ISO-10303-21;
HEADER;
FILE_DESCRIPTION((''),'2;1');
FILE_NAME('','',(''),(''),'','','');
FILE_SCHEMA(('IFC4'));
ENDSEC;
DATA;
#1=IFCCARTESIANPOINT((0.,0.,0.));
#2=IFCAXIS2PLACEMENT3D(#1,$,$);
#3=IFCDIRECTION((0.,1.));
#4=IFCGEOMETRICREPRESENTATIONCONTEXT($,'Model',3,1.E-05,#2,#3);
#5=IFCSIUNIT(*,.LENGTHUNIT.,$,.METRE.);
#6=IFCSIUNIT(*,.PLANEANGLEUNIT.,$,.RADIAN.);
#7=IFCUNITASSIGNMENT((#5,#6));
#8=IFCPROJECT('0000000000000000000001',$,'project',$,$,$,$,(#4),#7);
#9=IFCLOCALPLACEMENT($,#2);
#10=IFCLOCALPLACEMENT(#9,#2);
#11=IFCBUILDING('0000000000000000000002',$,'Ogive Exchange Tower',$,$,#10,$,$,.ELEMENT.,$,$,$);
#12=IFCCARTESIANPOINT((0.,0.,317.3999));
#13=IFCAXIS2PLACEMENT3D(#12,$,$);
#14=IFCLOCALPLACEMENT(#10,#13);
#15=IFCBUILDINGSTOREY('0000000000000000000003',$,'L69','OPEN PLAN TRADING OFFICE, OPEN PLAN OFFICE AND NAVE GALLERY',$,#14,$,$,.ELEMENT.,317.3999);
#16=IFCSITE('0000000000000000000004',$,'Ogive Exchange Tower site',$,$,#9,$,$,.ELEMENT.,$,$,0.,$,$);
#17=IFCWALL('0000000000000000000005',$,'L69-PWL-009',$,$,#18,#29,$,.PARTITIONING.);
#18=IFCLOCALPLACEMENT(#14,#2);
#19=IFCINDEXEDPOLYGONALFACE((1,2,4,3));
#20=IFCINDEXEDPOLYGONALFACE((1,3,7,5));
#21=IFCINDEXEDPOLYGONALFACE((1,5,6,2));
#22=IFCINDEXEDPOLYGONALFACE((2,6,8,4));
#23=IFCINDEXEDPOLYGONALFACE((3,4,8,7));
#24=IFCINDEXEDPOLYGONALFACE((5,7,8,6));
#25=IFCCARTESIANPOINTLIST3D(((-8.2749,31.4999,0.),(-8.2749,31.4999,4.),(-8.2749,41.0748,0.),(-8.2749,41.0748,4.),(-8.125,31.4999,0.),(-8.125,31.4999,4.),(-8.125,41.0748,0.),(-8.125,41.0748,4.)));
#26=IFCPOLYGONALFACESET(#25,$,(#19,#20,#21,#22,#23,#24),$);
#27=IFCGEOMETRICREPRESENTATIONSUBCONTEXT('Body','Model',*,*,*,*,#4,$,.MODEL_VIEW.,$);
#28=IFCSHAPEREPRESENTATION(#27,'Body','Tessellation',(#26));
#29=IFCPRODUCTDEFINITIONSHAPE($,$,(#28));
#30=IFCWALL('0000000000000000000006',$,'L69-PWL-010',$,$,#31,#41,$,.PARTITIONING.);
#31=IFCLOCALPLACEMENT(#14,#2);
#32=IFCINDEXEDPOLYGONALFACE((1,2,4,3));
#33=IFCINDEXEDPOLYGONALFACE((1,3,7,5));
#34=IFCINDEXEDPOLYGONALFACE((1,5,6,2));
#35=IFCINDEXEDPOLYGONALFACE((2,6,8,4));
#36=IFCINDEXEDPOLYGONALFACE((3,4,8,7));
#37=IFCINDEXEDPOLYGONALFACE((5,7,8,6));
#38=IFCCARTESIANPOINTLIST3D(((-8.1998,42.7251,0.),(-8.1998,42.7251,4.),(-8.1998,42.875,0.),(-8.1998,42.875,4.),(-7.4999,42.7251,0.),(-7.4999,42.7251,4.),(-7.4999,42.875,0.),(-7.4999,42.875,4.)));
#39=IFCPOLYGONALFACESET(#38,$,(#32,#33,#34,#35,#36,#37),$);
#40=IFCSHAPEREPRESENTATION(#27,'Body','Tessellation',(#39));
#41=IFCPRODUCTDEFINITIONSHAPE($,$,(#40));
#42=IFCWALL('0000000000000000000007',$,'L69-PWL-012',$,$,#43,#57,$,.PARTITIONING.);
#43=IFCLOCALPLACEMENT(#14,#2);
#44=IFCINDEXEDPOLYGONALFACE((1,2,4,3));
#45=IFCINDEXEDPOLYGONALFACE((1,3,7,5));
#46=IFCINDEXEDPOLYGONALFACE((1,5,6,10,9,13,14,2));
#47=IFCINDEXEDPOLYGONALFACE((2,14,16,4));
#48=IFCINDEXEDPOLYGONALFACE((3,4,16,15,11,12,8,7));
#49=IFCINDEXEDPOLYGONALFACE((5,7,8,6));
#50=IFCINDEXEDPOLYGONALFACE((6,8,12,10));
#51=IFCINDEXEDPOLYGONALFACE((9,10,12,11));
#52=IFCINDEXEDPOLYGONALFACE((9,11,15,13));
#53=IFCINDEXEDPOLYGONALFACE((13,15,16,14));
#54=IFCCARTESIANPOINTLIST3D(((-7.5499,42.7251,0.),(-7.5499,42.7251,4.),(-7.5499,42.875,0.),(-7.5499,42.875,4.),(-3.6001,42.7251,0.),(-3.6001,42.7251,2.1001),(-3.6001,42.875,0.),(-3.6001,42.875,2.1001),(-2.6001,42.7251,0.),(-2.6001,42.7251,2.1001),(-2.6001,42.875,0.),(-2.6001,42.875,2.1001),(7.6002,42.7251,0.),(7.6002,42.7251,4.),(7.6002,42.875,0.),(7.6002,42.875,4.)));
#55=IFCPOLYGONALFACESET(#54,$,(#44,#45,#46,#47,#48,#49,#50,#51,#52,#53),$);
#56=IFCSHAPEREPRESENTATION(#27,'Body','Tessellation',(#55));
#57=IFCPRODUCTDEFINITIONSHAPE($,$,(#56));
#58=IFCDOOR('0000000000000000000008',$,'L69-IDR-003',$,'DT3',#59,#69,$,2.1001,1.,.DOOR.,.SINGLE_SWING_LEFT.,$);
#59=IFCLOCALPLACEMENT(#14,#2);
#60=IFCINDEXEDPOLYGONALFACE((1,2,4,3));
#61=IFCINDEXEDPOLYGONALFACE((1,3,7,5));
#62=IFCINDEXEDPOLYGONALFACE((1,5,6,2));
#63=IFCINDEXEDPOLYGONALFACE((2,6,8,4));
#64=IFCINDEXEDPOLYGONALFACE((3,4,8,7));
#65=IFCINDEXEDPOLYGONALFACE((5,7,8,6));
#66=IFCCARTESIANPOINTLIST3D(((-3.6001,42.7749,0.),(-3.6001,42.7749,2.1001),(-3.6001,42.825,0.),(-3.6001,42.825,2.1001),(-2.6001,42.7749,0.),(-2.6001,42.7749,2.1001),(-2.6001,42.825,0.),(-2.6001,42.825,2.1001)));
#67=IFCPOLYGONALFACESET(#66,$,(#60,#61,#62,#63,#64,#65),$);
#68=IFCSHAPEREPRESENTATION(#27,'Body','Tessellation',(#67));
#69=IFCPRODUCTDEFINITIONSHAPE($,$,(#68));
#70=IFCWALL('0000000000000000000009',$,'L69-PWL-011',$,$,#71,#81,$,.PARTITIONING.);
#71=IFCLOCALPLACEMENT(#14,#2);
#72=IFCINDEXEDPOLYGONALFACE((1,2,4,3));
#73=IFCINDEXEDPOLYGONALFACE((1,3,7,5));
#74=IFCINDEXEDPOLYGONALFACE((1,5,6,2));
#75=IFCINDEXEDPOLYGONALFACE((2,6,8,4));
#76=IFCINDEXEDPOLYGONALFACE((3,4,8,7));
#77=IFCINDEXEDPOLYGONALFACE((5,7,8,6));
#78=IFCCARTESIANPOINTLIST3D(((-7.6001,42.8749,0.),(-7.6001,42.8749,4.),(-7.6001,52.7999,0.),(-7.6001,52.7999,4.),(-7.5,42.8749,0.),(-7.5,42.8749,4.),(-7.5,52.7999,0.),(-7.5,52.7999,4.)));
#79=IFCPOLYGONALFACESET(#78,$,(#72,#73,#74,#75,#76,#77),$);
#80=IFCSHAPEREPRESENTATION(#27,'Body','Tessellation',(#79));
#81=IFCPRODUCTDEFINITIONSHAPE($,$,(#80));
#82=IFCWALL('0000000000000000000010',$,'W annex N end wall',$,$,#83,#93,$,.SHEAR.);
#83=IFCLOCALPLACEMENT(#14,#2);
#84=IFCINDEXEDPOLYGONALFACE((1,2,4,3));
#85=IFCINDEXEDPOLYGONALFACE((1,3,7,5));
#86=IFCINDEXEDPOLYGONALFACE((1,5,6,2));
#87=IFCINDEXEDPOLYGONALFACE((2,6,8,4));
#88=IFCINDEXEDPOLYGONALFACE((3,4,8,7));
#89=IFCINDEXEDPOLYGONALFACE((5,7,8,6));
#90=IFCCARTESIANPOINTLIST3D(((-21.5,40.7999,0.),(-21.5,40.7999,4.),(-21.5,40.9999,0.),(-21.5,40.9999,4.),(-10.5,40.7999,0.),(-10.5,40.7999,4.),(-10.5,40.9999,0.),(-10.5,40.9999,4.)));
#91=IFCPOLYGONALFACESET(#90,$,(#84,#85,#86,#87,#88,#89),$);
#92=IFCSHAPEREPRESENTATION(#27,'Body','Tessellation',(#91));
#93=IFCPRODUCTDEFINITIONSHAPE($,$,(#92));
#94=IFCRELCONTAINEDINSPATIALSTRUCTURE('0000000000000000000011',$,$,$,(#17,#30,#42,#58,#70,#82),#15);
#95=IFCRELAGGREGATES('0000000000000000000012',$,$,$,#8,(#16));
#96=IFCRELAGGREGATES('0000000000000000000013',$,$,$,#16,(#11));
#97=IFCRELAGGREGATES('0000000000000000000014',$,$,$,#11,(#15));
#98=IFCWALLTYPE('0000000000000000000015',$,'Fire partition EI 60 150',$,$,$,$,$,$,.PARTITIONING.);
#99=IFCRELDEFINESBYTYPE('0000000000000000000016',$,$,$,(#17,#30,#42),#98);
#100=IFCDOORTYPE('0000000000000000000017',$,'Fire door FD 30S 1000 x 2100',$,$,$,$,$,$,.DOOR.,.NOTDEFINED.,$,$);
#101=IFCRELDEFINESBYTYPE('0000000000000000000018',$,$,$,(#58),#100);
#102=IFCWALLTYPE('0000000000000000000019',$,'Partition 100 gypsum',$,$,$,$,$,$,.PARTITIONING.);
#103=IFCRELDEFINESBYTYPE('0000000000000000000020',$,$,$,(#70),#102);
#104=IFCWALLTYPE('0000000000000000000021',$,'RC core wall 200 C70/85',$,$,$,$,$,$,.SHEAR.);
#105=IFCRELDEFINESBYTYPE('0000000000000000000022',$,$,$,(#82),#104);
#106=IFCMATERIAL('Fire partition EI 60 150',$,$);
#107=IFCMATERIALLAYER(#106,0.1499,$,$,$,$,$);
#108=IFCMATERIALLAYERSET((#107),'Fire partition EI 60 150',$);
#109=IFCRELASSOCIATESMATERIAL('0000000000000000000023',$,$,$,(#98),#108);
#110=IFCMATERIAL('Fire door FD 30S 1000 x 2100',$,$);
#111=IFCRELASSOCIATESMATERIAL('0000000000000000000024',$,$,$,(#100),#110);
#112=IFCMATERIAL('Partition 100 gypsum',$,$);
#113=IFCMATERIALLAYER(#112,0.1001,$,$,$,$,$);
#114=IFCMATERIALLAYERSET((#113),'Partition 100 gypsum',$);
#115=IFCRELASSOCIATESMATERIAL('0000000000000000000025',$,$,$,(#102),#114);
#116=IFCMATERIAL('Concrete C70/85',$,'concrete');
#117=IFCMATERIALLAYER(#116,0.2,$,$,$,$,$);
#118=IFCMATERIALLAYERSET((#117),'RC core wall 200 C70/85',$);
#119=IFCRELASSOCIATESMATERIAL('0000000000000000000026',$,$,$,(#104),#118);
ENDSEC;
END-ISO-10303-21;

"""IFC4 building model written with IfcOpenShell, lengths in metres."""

from ifc_helpers import new_model, si_unit, direction, frame, frame_2d, origin, place, context, subcontext, project, spatial, rectangle, extrude, material, layer, layer_set, type_object, element, fill, save


model = new_model("IFC4")

# Units and contexts
model_context = context("Model", 3, precision=1e-05, world=origin(), true_north=direction((0.0, 1.0)))
body_context = subcontext(model_context, "Body", "Model", "MODEL_VIEW")
ifc_project = project(units=[si_unit("LENGTHUNIT", "METRE"), si_unit("PLANEANGLEUNIT", "RADIAN")], contexts=[model_context])

# Site, building, storey
site_placement = place(None, origin())
site = spatial("IfcSite", under=ifc_project, at=site_placement, Name="Ogive Exchange Tower site", CompositionType="ELEMENT", RefElevation=0.0)
building_placement = place(site_placement, origin())
building = spatial("IfcBuilding", under=site, at=building_placement, Name="Ogive Exchange Tower", CompositionType="ELEMENT")
storey_placement = place(building_placement, frame((0.0, 0.0, 317.3999)))
storey = spatial("IfcBuildingStorey", under=building, at=storey_placement, Name="L69", Description="OPEN PLAN TRADING OFFICE, OPEN PLAN OFFICE AND NAVE GALLERY", CompositionType="ELEMENT", Elevation=317.3999)

# Shared definitions
ifc_material_1 = material(Name="Fire partition EI 60 150")
ifc_layer_1 = layer(ifc_material_1, 0.1499)
ifc_layer_set_1 = layer_set([ifc_layer_1], Name="Fire partition EI 60 150")
wall_type_1 = type_object("IfcWallType", Name="Fire partition EI 60 150", PredefinedType="PARTITIONING", material=ifc_layer_set_1)
ifc_material_2 = material(Name="Fire door FD 30S 1000 x 2100")
door_type = type_object("IfcDoorType", Name="Fire door FD 30S 1000 x 2100", OperationType="NOTDEFINED", PredefinedType="DOOR", material=ifc_material_2)

# Walls
wall_1_placement = place(storey_placement, frame((-8.2, 41.075, 0.0), z_axis=(0.0, 0.0, 1.0), x_axis=(0.0, -1.0, 0.0)))
element("IfcWall", 1, at=wall_1_placement, inside=storey, type_object=wall_type_1, Name="L69-PWL-009", PredefinedType="PARTITIONING", context=body_context, shape_type="SweptSolid", body=[
    extrude(rectangle(XDim=9.575, YDim=0.1499, at=frame_2d((4.7876, 0.0))), origin(), (0.0, 0.0, 1.0), 4.0),
])
wall_2_placement = place(storey_placement, frame((-8.2, 42.8, 0.0), z_axis=(0.0, 0.0, 1.0), x_axis=(1.0, 0.0, 0.0)))
element("IfcWall", 2, at=wall_2_placement, inside=storey, type_object=wall_type_1, Name="L69-PWL-010", PredefinedType="PARTITIONING", context=body_context, shape_type="SweptSolid", body=[
    extrude(rectangle(XDim=0.7, YDim=0.1499, at=frame_2d((0.3501, 0.0))), origin(), (0.0, 0.0, 1.0), 4.0),
])

# Wall, opening, door
wall_3_placement = place(storey_placement, frame((-7.55, 42.8, 0.0), z_axis=(0.0, 0.0, 1.0), x_axis=(1.0, 0.0, 0.0)))
wall_3 = element("IfcWall", 3, at=wall_3_placement, inside=storey, type_object=wall_type_1, Name="L69-PWL-012", PredefinedType="PARTITIONING", context=body_context, shape_type="SweptSolid", body=[
    extrude(rectangle(XDim=15.1501, YDim=0.1499, at=frame_2d((7.5752, 0.0))), origin(), (0.0, 0.0, 1.0), 4.0),
])
opening_1_placement = place(wall_3_placement, frame((3.95, 0.0, 0.0)))
opening_1 = element("IfcOpeningElement", 4, at=opening_1_placement, cuts=wall_3, PredefinedType="OPENING", context=body_context, shape_type="SweptSolid", body=[
    extrude(rectangle(XDim=1.0, YDim=2.1001, at=frame_2d((0.5, 1.05))), frame((0.0, 0.085, 0.0), z_axis=(0.0, -1.0, 0.0), x_axis=(1.0, 0.0, 0.0)), (0.0, 0.0, 1.0), 0.1699),
])
door_1_placement = place(opening_1_placement, origin())
door_1 = element("IfcDoor", 5, at=door_1_placement, inside=storey, type_object=door_type, Name="L69-IDR-003", ObjectType="DT3", OperationType="SINGLE_SWING_LEFT", OverallHeight=2.1001, OverallWidth=1.0, PredefinedType="DOOR", context=body_context, shape_type="SweptSolid", body=[
    extrude(rectangle(XDim=1.0, YDim=2.1001, at=frame_2d((0.5, 1.05))), frame((0.0, 0.0249, 0.0), z_axis=(0.0, -1.0, 0.0), x_axis=(1.0, 0.0, 0.0)), (0.0, 0.0, 1.0), 0.05),
])
fill(opening_1, door_1)

# Walls
ifc_material_3 = material(Name="Partition 100 gypsum")
ifc_layer_2 = layer(ifc_material_3, 0.1001)
ifc_layer_set_2 = layer_set([ifc_layer_2], Name="Partition 100 gypsum")
wall_type_2 = type_object("IfcWallType", Name="Partition 100 gypsum", PredefinedType="PARTITIONING", material=ifc_layer_set_2)
wall_4_placement = place(storey_placement, frame((-7.55, 42.875, 0.0), z_axis=(0.0, 0.0, 1.0), x_axis=(0.0, 1.0, 0.0)))
element("IfcWall", 6, at=wall_4_placement, inside=storey, type_object=wall_type_2, Name="L69-PWL-011", PredefinedType="PARTITIONING", context=body_context, shape_type="SweptSolid", body=[
    extrude(rectangle(XDim=9.925, YDim=0.1001, at=frame_2d((4.9624, 0.0))), origin(), (0.0, 0.0, 1.0), 4.0),
])
ifc_material_4 = material(Name="Concrete C70/85", Category="concrete")
ifc_layer_3 = layer(ifc_material_4, 0.2)
ifc_layer_set_3 = layer_set([ifc_layer_3], Name="RC core wall 200 C70/85")
wall_type_3 = type_object("IfcWallType", Name="RC core wall 200 C70/85", PredefinedType="SHEAR", material=ifc_layer_set_3)
wall_5_placement = place(storey_placement, frame((-21.5, 40.8999, 0.0), z_axis=(0.0, 0.0, 1.0), x_axis=(1.0, 0.0, 0.0)))
element("IfcWall", 7, at=wall_5_placement, inside=storey, type_object=wall_type_3, Name="W annex N end wall", PredefinedType="SHEAR", context=body_context, shape_type="SweptSolid", body=[
    extrude(rectangle(XDim=11.0, YDim=0.2, at=frame_2d((5.5, 0.0))), origin(), (0.0, 0.0, 1.0), 4.0),
])

save(model, "model.ifc")
